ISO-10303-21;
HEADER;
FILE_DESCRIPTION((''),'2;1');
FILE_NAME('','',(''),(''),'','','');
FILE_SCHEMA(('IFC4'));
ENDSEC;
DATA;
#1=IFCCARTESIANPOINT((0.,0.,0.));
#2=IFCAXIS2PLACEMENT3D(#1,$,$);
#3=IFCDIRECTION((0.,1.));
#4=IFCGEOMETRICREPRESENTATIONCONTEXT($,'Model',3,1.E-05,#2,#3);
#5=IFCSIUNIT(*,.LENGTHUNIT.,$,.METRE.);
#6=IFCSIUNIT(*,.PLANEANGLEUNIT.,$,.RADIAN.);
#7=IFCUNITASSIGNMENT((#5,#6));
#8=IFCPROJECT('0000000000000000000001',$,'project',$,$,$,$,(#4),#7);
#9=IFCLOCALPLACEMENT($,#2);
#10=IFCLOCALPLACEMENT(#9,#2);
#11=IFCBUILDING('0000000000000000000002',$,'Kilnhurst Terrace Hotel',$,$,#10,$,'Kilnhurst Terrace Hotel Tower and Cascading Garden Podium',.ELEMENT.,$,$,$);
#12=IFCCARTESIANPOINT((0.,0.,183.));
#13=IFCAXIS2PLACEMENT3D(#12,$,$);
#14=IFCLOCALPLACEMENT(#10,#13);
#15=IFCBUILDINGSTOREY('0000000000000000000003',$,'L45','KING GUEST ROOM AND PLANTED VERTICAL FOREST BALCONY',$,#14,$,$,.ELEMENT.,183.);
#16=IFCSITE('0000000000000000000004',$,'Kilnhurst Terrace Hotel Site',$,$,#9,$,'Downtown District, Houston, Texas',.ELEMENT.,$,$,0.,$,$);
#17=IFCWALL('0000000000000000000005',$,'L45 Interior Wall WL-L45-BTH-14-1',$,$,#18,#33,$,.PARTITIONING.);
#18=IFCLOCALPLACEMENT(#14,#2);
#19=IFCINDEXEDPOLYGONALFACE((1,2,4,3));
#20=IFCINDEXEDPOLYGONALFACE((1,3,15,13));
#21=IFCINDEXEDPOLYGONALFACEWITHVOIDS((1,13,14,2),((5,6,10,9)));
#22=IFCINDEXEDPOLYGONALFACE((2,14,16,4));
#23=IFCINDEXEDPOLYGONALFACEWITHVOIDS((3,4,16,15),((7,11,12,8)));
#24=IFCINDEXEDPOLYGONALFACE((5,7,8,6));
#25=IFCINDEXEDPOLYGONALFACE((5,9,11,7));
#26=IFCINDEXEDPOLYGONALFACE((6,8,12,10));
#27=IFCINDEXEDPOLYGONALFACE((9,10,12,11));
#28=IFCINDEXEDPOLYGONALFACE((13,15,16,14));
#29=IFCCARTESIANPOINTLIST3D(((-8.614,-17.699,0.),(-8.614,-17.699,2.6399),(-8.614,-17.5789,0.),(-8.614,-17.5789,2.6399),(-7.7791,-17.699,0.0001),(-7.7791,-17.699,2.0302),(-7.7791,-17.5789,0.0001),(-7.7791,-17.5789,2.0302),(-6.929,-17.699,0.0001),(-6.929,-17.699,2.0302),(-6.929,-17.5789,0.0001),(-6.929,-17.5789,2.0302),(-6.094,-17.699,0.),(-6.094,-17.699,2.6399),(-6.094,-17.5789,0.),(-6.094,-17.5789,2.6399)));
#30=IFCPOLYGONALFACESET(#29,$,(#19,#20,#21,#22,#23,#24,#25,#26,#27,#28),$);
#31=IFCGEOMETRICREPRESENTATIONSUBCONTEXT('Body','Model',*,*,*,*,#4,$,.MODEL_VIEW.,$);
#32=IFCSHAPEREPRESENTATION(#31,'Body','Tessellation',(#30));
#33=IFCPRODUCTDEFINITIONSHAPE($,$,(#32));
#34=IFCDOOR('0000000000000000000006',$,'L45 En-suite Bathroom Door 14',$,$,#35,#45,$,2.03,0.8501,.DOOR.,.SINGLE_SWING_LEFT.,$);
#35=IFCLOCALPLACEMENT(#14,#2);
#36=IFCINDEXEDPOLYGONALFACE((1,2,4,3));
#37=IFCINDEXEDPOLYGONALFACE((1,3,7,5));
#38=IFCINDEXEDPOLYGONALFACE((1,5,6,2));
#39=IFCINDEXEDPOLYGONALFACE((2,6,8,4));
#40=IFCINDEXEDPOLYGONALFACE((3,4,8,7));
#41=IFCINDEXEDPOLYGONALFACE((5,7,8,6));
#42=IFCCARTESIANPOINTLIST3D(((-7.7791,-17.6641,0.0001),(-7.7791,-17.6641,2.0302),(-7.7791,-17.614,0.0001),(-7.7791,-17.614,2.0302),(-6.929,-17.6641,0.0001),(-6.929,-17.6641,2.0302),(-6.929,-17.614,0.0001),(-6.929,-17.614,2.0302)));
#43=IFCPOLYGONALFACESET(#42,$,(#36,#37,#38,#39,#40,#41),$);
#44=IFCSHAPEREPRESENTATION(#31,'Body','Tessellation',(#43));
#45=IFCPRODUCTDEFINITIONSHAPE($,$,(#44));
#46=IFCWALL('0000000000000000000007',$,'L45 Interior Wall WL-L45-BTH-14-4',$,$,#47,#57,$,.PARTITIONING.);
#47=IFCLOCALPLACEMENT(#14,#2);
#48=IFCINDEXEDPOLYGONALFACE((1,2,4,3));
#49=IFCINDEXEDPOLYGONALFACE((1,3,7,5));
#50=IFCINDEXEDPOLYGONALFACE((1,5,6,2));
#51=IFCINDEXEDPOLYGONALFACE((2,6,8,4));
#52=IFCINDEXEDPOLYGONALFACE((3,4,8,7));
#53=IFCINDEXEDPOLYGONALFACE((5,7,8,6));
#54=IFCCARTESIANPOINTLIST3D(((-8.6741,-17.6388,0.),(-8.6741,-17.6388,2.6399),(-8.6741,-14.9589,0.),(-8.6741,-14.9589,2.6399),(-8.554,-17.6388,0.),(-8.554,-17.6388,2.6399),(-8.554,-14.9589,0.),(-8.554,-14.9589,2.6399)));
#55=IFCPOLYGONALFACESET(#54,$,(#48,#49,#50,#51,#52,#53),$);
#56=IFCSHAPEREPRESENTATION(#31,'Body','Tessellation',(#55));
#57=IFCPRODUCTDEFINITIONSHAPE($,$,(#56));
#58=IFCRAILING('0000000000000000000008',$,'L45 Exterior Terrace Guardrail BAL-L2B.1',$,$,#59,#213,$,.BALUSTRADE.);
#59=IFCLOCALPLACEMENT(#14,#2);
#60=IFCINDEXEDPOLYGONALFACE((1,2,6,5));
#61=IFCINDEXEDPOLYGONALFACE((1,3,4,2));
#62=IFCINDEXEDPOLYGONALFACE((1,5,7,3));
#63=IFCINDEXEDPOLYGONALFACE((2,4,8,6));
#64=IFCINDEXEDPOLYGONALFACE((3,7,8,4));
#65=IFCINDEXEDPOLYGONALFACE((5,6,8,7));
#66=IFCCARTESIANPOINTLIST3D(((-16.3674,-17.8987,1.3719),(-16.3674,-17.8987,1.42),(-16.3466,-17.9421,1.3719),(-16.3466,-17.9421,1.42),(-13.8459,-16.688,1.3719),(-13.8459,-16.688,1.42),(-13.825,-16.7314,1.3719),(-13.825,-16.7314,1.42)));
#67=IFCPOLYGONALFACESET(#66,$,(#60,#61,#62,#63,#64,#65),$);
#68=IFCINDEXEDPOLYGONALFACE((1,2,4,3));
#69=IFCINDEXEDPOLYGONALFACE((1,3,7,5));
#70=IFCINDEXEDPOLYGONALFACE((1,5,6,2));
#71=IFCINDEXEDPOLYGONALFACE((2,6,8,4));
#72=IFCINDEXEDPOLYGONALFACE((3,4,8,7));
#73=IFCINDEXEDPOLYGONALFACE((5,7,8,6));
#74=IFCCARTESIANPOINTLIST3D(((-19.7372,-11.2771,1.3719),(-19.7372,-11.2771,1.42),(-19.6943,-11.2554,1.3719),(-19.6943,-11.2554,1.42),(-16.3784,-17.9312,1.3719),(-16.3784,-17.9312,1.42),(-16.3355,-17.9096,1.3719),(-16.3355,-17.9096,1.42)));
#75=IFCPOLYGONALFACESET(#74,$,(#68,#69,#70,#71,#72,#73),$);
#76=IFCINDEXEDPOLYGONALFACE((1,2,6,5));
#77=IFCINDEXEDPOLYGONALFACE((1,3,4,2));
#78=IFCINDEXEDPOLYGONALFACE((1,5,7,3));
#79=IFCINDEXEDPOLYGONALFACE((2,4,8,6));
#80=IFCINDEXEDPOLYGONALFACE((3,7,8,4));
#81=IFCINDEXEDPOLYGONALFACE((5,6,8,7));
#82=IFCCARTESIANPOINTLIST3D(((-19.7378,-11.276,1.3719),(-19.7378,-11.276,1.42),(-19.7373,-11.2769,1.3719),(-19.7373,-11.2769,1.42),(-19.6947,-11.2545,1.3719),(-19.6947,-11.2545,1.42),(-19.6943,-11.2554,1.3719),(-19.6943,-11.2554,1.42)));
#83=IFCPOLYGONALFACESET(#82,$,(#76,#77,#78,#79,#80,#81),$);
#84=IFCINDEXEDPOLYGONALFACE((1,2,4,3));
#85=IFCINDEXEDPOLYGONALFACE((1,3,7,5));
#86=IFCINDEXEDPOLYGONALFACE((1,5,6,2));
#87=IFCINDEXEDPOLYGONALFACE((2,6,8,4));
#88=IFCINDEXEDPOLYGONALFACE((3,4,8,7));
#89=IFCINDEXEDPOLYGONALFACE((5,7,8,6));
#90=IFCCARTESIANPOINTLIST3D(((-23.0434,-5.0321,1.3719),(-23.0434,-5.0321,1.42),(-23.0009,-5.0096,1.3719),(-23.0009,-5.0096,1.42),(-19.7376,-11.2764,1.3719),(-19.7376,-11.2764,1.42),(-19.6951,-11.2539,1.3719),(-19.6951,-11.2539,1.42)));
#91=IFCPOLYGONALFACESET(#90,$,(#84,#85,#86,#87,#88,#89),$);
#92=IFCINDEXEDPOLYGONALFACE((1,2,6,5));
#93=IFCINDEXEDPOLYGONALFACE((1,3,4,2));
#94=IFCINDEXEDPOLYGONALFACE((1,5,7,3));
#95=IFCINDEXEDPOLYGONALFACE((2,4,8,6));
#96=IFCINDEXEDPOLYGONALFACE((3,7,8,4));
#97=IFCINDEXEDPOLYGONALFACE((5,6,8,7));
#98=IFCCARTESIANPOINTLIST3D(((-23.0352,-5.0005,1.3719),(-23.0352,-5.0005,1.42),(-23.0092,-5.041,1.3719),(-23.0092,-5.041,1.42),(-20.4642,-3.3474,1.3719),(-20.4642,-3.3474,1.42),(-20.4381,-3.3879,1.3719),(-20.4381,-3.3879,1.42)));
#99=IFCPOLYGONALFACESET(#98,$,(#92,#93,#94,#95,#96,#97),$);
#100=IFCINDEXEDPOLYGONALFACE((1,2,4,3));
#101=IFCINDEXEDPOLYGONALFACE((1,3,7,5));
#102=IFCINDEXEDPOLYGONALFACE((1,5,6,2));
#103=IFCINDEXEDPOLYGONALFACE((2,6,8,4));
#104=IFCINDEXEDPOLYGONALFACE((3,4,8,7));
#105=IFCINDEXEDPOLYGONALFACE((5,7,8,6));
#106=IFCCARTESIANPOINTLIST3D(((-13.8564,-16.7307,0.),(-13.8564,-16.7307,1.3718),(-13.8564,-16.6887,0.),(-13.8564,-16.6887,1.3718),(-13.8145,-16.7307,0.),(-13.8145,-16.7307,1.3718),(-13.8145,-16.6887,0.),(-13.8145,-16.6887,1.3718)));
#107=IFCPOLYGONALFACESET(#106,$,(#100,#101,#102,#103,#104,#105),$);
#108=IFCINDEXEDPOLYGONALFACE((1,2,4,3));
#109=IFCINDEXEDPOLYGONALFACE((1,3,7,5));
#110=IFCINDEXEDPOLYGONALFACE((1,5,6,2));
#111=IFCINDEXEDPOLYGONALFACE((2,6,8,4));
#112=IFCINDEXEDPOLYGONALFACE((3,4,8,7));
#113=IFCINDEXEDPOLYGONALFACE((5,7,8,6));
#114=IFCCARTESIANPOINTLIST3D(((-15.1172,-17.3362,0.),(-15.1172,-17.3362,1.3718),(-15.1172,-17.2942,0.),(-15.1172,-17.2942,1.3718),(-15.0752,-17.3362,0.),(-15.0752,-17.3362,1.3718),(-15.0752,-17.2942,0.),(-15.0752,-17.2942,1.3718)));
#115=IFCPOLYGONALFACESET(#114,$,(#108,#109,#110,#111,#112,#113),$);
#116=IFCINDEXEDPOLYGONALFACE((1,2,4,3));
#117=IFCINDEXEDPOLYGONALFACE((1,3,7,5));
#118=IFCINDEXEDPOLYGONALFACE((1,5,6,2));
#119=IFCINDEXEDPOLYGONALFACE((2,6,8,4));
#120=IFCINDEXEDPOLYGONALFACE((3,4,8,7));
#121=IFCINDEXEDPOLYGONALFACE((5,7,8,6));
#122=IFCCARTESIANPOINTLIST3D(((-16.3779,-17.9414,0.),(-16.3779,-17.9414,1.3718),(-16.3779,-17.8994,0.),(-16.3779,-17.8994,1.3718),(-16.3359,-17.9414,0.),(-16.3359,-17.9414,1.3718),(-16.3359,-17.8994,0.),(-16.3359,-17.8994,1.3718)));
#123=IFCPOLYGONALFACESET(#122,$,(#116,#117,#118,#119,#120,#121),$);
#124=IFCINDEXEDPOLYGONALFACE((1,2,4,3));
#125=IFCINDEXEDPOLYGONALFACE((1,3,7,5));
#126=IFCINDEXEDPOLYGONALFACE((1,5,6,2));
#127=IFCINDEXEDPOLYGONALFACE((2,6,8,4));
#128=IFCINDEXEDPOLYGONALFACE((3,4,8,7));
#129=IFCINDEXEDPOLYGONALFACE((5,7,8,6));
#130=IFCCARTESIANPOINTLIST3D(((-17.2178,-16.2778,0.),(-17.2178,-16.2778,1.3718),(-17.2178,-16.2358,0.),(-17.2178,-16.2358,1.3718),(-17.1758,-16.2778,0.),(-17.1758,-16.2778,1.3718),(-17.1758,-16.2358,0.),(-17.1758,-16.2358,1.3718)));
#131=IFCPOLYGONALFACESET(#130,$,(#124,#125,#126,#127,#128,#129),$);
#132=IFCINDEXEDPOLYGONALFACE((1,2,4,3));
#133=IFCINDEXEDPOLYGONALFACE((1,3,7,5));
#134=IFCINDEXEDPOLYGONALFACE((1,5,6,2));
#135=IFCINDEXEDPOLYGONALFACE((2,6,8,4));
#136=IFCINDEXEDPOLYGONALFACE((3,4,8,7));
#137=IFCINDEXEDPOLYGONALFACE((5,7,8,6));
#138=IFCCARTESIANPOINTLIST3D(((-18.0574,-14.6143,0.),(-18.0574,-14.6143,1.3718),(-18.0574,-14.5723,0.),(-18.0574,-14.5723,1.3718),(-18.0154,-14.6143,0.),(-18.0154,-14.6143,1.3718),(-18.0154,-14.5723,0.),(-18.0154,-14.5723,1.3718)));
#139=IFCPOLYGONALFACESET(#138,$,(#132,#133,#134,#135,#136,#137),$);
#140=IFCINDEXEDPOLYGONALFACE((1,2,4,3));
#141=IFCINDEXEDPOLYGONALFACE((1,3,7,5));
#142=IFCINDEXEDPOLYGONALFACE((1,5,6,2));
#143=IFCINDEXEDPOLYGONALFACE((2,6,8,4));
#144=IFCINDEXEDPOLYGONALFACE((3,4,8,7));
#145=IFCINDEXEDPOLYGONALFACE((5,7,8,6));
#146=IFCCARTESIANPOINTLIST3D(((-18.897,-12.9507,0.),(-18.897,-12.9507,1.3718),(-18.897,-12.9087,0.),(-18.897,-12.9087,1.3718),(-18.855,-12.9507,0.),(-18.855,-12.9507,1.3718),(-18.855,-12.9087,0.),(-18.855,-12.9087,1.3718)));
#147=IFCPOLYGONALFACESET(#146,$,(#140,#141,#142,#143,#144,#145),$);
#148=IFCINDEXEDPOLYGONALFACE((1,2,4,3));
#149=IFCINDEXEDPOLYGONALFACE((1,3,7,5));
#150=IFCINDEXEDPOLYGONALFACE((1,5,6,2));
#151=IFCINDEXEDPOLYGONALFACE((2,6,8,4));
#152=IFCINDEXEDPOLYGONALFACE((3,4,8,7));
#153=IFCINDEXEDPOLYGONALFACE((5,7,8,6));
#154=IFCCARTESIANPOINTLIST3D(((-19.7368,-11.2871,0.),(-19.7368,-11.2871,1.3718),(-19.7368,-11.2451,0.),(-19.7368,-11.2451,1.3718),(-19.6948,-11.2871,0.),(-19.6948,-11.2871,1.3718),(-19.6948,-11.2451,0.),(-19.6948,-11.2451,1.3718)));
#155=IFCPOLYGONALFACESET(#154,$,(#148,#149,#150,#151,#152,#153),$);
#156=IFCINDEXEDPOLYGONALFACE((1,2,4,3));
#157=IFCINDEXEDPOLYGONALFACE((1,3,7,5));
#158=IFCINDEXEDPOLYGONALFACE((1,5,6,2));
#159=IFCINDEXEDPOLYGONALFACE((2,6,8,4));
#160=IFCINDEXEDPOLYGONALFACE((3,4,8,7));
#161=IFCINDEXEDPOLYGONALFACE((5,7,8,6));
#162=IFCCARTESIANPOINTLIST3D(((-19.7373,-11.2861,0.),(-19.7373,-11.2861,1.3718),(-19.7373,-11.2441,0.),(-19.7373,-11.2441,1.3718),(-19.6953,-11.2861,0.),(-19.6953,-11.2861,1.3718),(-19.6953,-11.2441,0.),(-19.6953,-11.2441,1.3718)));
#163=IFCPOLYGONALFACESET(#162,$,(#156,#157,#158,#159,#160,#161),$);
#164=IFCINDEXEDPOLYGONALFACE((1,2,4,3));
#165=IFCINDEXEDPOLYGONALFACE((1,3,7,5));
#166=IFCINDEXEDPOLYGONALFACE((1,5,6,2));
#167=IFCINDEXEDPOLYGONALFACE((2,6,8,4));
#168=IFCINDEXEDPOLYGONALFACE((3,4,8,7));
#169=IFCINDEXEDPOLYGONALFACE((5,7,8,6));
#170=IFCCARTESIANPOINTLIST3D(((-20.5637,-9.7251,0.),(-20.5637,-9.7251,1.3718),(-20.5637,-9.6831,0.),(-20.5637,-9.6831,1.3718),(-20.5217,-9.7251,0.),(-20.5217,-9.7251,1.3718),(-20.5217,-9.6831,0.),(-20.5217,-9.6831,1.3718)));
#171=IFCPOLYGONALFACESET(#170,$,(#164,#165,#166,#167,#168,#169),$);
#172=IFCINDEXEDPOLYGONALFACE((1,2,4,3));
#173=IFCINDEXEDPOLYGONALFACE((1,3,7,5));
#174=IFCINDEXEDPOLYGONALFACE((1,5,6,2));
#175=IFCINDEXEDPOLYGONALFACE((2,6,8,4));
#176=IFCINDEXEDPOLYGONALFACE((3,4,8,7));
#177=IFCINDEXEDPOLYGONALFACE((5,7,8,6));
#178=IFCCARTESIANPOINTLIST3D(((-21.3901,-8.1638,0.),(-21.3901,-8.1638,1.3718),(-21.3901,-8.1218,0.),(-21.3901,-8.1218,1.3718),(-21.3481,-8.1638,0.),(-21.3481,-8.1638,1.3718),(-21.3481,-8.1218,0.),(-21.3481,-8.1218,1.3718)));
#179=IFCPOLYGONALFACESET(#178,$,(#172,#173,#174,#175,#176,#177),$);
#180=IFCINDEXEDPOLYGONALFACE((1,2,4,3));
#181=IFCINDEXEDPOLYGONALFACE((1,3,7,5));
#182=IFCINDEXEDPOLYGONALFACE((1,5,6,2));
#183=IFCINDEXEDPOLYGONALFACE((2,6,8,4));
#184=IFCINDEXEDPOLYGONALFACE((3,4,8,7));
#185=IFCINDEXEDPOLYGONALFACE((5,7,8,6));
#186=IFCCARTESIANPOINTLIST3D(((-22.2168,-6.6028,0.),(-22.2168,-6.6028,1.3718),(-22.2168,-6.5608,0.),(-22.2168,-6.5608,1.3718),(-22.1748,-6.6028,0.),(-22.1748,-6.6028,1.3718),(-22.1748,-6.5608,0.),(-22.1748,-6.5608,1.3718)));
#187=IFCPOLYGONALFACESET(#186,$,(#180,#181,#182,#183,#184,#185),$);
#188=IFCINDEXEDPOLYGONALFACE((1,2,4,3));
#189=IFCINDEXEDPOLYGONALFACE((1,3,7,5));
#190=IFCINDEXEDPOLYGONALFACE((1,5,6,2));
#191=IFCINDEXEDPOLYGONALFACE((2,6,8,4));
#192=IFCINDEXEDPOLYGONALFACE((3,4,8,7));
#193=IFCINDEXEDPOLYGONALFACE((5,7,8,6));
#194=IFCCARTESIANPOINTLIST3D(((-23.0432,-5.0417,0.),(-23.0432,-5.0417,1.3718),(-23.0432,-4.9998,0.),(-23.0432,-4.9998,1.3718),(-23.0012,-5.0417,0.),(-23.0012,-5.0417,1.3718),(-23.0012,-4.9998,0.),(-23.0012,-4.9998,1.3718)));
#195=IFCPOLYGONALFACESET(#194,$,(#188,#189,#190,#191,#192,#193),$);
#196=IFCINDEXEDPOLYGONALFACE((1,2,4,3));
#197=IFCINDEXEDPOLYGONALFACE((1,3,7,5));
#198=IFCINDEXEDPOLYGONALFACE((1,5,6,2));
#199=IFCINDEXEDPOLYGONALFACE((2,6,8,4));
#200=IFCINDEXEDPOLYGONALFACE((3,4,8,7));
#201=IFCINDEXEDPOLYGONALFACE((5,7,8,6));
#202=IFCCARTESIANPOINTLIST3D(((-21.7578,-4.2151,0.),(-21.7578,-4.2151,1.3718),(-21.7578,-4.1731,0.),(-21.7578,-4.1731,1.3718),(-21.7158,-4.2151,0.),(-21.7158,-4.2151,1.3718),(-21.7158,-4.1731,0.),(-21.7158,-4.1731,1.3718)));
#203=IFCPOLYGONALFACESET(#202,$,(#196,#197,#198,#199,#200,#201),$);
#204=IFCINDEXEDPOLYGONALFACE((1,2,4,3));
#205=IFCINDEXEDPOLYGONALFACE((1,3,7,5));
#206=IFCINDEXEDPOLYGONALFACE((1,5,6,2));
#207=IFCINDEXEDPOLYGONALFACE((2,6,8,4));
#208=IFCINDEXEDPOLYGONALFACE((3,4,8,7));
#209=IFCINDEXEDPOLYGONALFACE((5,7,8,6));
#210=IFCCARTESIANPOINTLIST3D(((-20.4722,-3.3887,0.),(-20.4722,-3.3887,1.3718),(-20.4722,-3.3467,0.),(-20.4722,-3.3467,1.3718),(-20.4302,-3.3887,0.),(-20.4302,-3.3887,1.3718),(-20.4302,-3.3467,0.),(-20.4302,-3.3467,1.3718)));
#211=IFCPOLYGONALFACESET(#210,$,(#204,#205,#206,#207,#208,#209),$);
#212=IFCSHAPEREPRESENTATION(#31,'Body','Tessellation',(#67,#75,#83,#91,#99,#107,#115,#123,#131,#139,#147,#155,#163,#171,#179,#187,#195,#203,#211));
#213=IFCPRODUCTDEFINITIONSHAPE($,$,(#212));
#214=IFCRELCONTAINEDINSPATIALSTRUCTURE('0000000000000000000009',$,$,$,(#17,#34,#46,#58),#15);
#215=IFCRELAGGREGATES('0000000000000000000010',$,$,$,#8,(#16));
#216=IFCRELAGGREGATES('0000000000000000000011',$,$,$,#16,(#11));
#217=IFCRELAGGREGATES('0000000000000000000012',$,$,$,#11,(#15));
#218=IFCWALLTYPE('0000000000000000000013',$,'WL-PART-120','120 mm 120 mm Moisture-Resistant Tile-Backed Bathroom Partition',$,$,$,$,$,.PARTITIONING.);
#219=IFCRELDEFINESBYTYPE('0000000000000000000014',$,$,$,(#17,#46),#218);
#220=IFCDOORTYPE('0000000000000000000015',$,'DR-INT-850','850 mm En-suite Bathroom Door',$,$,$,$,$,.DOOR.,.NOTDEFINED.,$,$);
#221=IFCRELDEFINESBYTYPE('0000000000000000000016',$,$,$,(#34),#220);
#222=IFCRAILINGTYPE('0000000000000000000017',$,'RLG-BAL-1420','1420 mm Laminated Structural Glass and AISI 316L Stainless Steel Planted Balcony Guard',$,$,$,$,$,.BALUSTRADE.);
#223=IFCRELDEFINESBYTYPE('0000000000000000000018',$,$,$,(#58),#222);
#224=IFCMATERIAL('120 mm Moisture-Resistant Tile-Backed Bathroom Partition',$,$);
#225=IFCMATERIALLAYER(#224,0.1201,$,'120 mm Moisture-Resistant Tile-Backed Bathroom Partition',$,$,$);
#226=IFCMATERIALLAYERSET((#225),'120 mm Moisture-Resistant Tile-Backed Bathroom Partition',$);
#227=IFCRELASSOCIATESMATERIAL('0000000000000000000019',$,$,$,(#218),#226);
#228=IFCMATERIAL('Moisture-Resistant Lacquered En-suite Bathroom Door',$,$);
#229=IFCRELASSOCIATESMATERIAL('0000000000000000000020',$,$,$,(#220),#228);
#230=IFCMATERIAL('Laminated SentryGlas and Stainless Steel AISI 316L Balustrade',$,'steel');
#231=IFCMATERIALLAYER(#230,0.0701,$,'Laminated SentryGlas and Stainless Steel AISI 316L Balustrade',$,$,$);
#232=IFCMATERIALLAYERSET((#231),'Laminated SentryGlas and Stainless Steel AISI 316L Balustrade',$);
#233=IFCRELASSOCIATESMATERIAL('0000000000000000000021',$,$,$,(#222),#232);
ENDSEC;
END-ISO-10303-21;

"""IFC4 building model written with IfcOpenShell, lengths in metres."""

from ifc_helpers import new_model, si_unit, direction, frame, frame_2d, origin, origin_2d, place, context, subcontext, project, spatial, rectangle, extrude, material, layer, layer_set, type_object, element, fill, save


model = new_model("IFC4")

# Units and contexts
model_context = context("Model", 3, precision=1e-05, world=origin(), true_north=direction((0.0, 1.0)))
body_context = subcontext(model_context, "Body", "Model", "MODEL_VIEW")
ifc_project = project(units=[si_unit("LENGTHUNIT", "METRE"), si_unit("PLANEANGLEUNIT", "RADIAN")], contexts=[model_context])

# Site, building, storey
site_placement = place(None, origin())
site = spatial("IfcSite", under=ifc_project, at=site_placement, Name="Kilnhurst Terrace Hotel Site", LongName="Downtown District, Houston, Texas", CompositionType="ELEMENT", RefElevation=0.0)
building_placement = place(site_placement, origin())
building = spatial("IfcBuilding", under=site, at=building_placement, Name="Kilnhurst Terrace Hotel", LongName="Kilnhurst Terrace Hotel Tower and Cascading Garden Podium", CompositionType="ELEMENT")
storey_placement = place(building_placement, frame((0.0, 0.0, 183.0)))
storey = spatial("IfcBuildingStorey", under=building, at=storey_placement, Name="L45", Description="KING GUEST ROOM AND PLANTED VERTICAL FOREST BALCONY", CompositionType="ELEMENT", Elevation=183.0)

# Wall, opening, door
ifc_material_1 = material(Name="120 mm Moisture-Resistant Tile-Backed Bathroom Partition")
ifc_layer_1 = layer(ifc_material_1, 0.1201, Name="120 mm Moisture-Resistant Tile-Backed Bathroom Partition")
ifc_layer_set_1 = layer_set([ifc_layer_1], Name="120 mm Moisture-Resistant Tile-Backed Bathroom Partition")
wall_type_1 = type_object("IfcWallType", Name="WL-PART-120", Description="120 mm 120 mm Moisture-Resistant Tile-Backed Bathroom Partition", PredefinedType="PARTITIONING", material=ifc_layer_set_1)
wall_1_placement = place(storey_placement, frame((-8.614, -17.6389, 0.0), z_axis=(0.0, 0.0, 1.0), x_axis=(1.0, 0.0, 0.0)))
wall_1 = element("IfcWall", 1, at=wall_1_placement, inside=storey, type_object=wall_type_1, Name="L45 Interior Wall WL-L45-BTH-14-1", PredefinedType="PARTITIONING", context=body_context, shape_type="SweptSolid", body=[
    extrude(rectangle(XDim=2.52, YDim=0.1201, at=frame_2d((1.26, 0.0))), origin(), (0.0, 0.0, 1.0), 2.6399),
])
opening_1_placement = place(wall_1_placement, frame((0.835, 0.0, 0.0)))
opening_1 = element("IfcOpeningElement", 2, at=opening_1_placement, cuts=wall_1, PredefinedType="OPENING", context=body_context, shape_type="SweptSolid", body=[
    extrude(rectangle(XDim=0.8501, YDim=2.03, at=frame_2d((0.425, 1.0151))), frame((0.0, 0.0701, 0.0), z_axis=(0.0, -1.0, 0.0), x_axis=(1.0, 0.0, 0.0)), (0.0, 0.0, 1.0), 0.1401),
])
ifc_material_2 = material(Name="Moisture-Resistant Lacquered En-suite Bathroom Door")
door_type_1 = type_object("IfcDoorType", Name="DR-INT-850", Description="850 mm En-suite Bathroom Door", OperationType="NOTDEFINED", PredefinedType="DOOR", material=ifc_material_2)
door_1_placement = place(opening_1_placement, origin())
door_1 = element("IfcDoor", 3, at=door_1_placement, inside=storey, type_object=door_type_1, Name="L45 En-suite Bathroom Door 14", OperationType="SINGLE_SWING_LEFT", OverallHeight=2.03, OverallWidth=0.8501, PredefinedType="DOOR", context=body_context, shape_type="SweptSolid", body=[
    extrude(rectangle(XDim=0.8501, YDim=2.03, at=frame_2d((0.425, 1.0151))), frame((0.0, 0.0249, 0.0), z_axis=(0.0, -1.0, 0.0), x_axis=(1.0, 0.0, 0.0)), (0.0, 0.0, 1.0), 0.05),
])
fill(opening_1, door_1)

# Wall
wall_2_placement = place(storey_placement, frame((-8.614, -14.959, 0.0), z_axis=(0.0, 0.0, 1.0), x_axis=(0.0, -1.0, 0.0)))
element("IfcWall", 4, at=wall_2_placement, inside=storey, type_object=wall_type_1, Name="L45 Interior Wall WL-L45-BTH-14-4", PredefinedType="PARTITIONING", context=body_context, shape_type="SweptSolid", body=[
    extrude(rectangle(XDim=2.6799, YDim=0.1201, at=frame_2d((1.3398, 0.0))), origin(), (0.0, 0.0, 1.0), 2.6399),
])

# Railing
ifc_material_3 = material(Name="Laminated SentryGlas and Stainless Steel AISI 316L Balustrade", Category="steel")
ifc_layer_2 = layer(ifc_material_3, 0.0701, Name="Laminated SentryGlas and Stainless Steel AISI 316L Balustrade")
ifc_layer_set_2 = layer_set([ifc_layer_2], Name="Laminated SentryGlas and Stainless Steel AISI 316L Balustrade")
railing_type = type_object("IfcRailingType", Name="RLG-BAL-1420", Description="1420 mm Laminated Structural Glass and AISI 316L Stainless Steel Planted Balcony Guard", PredefinedType="BALUSTRADE", material=ifc_layer_set_2)
railing_placement = place(storey_placement, frame((-13.8354, -16.7097, 0.0)))
element("IfcRailing", 5, at=railing_placement, inside=storey, type_object=railing_type, Name="L45 Exterior Terrace Guardrail BAL-L2B.1", PredefinedType="BALUSTRADE", context=body_context, shape_type="SweptSolid", body=[
    extrude(rectangle(XDim=0.0481, YDim=0.0481, at=origin_2d()), frame((0.0, 0.0, 1.396), z_axis=(-0.90147, -0.432842, 0.0), x_axis=(0.432842, -0.90147, 0.0)), (0.0, 0.0, 1.0), 2.7971),
    extrude(rectangle(XDim=0.0481, YDim=0.0481, at=origin_2d()), frame((-2.5215, -1.2107, 1.396), z_axis=(-0.450617, 0.892718, 0.0), x_axis=(-0.892718, -0.450617, 0.0)), (0.0, 0.0, 1.0), 7.4539),
    extrude(rectangle(XDim=0.0481, YDim=0.0481, at=origin_2d()), frame((-5.8804, 5.4436, 1.396), z_axis=(-0.447214, 0.894427, 0.0), x_axis=(-0.894427, -0.447214, 0.0)), (0.0, 0.0, 1.0), 0.001),
    extrude(rectangle(XDim=0.0481, YDim=0.0481, at=origin_2d()), frame((-5.8809, 5.4446, 1.396), z_axis=(-0.467894, 0.883785, 0.0), x_axis=(-0.883785, -0.467894, 0.0)), (0.0, 0.0, 1.0), 7.0654),
    extrude(rectangle(XDim=0.0481, YDim=0.0481, at=origin_2d()), frame((-9.1868, 11.689, 1.396), z_axis=(0.84114, 0.540818, 0.0), x_axis=(-0.540818, 0.84114, 0.0)), (0.0, 0.0, 1.0), 3.0566),
    extrude(rectangle(XDim=0.042, YDim=0.042, at=origin_2d()), origin(), (0.0, 0.0, 1.0), 1.3718),
    extrude(rectangle(XDim=0.042, YDim=0.042, at=origin_2d()), frame((-1.2607, -0.6055, 0.0)), (0.0, 0.0, 1.0), 1.3718),
    extrude(rectangle(XDim=0.042, YDim=0.042, at=origin_2d()), frame((-2.5215, -1.2107, 0.0)), (0.0, 0.0, 1.0), 1.3718),
    extrude(rectangle(XDim=0.042, YDim=0.042, at=origin_2d()), frame((-3.3613, 0.4529, 0.0)), (0.0, 0.0, 1.0), 1.3718),
    extrude(rectangle(XDim=0.042, YDim=0.042, at=origin_2d()), frame((-4.2009, 2.1165, 0.0)), (0.0, 0.0, 1.0), 1.3718),
    extrude(rectangle(XDim=0.042, YDim=0.042, at=origin_2d()), frame((-5.0405, 3.78, 0.0)), (0.0, 0.0, 1.0), 1.3718),
    extrude(rectangle(XDim=0.042, YDim=0.042, at=origin_2d()), frame((-5.8804, 5.4436, 0.0)), (0.0, 0.0, 1.0), 1.3718),
    extrude(rectangle(XDim=0.042, YDim=0.042, at=origin_2d()), frame((-5.8809, 5.4446, 0.0)), (0.0, 0.0, 1.0), 1.3718),
    extrude(rectangle(XDim=0.042, YDim=0.042, at=origin_2d()), frame((-6.7073, 7.0056, 0.0)), (0.0, 0.0, 1.0), 1.3718),
    extrude(rectangle(XDim=0.042, YDim=0.042, at=origin_2d()), frame((-7.5337, 8.5669, 0.0)), (0.0, 0.0, 1.0), 1.3718),
    extrude(rectangle(XDim=0.042, YDim=0.042, at=origin_2d()), frame((-8.3604, 10.1279, 0.0)), (0.0, 0.0, 1.0), 1.3718),
    extrude(rectangle(XDim=0.042, YDim=0.042, at=origin_2d()), frame((-9.1868, 11.689, 0.0)), (0.0, 0.0, 1.0), 1.3718),
    extrude(rectangle(XDim=0.042, YDim=0.042, at=origin_2d()), frame((-7.9014, 12.5156, 0.0)), (0.0, 0.0, 1.0), 1.3718),
    extrude(rectangle(XDim=0.042, YDim=0.042, at=origin_2d()), frame((-6.6157, 13.342, 0.0)), (0.0, 0.0, 1.0), 1.3718),
])

save(model, "model.ifc")
